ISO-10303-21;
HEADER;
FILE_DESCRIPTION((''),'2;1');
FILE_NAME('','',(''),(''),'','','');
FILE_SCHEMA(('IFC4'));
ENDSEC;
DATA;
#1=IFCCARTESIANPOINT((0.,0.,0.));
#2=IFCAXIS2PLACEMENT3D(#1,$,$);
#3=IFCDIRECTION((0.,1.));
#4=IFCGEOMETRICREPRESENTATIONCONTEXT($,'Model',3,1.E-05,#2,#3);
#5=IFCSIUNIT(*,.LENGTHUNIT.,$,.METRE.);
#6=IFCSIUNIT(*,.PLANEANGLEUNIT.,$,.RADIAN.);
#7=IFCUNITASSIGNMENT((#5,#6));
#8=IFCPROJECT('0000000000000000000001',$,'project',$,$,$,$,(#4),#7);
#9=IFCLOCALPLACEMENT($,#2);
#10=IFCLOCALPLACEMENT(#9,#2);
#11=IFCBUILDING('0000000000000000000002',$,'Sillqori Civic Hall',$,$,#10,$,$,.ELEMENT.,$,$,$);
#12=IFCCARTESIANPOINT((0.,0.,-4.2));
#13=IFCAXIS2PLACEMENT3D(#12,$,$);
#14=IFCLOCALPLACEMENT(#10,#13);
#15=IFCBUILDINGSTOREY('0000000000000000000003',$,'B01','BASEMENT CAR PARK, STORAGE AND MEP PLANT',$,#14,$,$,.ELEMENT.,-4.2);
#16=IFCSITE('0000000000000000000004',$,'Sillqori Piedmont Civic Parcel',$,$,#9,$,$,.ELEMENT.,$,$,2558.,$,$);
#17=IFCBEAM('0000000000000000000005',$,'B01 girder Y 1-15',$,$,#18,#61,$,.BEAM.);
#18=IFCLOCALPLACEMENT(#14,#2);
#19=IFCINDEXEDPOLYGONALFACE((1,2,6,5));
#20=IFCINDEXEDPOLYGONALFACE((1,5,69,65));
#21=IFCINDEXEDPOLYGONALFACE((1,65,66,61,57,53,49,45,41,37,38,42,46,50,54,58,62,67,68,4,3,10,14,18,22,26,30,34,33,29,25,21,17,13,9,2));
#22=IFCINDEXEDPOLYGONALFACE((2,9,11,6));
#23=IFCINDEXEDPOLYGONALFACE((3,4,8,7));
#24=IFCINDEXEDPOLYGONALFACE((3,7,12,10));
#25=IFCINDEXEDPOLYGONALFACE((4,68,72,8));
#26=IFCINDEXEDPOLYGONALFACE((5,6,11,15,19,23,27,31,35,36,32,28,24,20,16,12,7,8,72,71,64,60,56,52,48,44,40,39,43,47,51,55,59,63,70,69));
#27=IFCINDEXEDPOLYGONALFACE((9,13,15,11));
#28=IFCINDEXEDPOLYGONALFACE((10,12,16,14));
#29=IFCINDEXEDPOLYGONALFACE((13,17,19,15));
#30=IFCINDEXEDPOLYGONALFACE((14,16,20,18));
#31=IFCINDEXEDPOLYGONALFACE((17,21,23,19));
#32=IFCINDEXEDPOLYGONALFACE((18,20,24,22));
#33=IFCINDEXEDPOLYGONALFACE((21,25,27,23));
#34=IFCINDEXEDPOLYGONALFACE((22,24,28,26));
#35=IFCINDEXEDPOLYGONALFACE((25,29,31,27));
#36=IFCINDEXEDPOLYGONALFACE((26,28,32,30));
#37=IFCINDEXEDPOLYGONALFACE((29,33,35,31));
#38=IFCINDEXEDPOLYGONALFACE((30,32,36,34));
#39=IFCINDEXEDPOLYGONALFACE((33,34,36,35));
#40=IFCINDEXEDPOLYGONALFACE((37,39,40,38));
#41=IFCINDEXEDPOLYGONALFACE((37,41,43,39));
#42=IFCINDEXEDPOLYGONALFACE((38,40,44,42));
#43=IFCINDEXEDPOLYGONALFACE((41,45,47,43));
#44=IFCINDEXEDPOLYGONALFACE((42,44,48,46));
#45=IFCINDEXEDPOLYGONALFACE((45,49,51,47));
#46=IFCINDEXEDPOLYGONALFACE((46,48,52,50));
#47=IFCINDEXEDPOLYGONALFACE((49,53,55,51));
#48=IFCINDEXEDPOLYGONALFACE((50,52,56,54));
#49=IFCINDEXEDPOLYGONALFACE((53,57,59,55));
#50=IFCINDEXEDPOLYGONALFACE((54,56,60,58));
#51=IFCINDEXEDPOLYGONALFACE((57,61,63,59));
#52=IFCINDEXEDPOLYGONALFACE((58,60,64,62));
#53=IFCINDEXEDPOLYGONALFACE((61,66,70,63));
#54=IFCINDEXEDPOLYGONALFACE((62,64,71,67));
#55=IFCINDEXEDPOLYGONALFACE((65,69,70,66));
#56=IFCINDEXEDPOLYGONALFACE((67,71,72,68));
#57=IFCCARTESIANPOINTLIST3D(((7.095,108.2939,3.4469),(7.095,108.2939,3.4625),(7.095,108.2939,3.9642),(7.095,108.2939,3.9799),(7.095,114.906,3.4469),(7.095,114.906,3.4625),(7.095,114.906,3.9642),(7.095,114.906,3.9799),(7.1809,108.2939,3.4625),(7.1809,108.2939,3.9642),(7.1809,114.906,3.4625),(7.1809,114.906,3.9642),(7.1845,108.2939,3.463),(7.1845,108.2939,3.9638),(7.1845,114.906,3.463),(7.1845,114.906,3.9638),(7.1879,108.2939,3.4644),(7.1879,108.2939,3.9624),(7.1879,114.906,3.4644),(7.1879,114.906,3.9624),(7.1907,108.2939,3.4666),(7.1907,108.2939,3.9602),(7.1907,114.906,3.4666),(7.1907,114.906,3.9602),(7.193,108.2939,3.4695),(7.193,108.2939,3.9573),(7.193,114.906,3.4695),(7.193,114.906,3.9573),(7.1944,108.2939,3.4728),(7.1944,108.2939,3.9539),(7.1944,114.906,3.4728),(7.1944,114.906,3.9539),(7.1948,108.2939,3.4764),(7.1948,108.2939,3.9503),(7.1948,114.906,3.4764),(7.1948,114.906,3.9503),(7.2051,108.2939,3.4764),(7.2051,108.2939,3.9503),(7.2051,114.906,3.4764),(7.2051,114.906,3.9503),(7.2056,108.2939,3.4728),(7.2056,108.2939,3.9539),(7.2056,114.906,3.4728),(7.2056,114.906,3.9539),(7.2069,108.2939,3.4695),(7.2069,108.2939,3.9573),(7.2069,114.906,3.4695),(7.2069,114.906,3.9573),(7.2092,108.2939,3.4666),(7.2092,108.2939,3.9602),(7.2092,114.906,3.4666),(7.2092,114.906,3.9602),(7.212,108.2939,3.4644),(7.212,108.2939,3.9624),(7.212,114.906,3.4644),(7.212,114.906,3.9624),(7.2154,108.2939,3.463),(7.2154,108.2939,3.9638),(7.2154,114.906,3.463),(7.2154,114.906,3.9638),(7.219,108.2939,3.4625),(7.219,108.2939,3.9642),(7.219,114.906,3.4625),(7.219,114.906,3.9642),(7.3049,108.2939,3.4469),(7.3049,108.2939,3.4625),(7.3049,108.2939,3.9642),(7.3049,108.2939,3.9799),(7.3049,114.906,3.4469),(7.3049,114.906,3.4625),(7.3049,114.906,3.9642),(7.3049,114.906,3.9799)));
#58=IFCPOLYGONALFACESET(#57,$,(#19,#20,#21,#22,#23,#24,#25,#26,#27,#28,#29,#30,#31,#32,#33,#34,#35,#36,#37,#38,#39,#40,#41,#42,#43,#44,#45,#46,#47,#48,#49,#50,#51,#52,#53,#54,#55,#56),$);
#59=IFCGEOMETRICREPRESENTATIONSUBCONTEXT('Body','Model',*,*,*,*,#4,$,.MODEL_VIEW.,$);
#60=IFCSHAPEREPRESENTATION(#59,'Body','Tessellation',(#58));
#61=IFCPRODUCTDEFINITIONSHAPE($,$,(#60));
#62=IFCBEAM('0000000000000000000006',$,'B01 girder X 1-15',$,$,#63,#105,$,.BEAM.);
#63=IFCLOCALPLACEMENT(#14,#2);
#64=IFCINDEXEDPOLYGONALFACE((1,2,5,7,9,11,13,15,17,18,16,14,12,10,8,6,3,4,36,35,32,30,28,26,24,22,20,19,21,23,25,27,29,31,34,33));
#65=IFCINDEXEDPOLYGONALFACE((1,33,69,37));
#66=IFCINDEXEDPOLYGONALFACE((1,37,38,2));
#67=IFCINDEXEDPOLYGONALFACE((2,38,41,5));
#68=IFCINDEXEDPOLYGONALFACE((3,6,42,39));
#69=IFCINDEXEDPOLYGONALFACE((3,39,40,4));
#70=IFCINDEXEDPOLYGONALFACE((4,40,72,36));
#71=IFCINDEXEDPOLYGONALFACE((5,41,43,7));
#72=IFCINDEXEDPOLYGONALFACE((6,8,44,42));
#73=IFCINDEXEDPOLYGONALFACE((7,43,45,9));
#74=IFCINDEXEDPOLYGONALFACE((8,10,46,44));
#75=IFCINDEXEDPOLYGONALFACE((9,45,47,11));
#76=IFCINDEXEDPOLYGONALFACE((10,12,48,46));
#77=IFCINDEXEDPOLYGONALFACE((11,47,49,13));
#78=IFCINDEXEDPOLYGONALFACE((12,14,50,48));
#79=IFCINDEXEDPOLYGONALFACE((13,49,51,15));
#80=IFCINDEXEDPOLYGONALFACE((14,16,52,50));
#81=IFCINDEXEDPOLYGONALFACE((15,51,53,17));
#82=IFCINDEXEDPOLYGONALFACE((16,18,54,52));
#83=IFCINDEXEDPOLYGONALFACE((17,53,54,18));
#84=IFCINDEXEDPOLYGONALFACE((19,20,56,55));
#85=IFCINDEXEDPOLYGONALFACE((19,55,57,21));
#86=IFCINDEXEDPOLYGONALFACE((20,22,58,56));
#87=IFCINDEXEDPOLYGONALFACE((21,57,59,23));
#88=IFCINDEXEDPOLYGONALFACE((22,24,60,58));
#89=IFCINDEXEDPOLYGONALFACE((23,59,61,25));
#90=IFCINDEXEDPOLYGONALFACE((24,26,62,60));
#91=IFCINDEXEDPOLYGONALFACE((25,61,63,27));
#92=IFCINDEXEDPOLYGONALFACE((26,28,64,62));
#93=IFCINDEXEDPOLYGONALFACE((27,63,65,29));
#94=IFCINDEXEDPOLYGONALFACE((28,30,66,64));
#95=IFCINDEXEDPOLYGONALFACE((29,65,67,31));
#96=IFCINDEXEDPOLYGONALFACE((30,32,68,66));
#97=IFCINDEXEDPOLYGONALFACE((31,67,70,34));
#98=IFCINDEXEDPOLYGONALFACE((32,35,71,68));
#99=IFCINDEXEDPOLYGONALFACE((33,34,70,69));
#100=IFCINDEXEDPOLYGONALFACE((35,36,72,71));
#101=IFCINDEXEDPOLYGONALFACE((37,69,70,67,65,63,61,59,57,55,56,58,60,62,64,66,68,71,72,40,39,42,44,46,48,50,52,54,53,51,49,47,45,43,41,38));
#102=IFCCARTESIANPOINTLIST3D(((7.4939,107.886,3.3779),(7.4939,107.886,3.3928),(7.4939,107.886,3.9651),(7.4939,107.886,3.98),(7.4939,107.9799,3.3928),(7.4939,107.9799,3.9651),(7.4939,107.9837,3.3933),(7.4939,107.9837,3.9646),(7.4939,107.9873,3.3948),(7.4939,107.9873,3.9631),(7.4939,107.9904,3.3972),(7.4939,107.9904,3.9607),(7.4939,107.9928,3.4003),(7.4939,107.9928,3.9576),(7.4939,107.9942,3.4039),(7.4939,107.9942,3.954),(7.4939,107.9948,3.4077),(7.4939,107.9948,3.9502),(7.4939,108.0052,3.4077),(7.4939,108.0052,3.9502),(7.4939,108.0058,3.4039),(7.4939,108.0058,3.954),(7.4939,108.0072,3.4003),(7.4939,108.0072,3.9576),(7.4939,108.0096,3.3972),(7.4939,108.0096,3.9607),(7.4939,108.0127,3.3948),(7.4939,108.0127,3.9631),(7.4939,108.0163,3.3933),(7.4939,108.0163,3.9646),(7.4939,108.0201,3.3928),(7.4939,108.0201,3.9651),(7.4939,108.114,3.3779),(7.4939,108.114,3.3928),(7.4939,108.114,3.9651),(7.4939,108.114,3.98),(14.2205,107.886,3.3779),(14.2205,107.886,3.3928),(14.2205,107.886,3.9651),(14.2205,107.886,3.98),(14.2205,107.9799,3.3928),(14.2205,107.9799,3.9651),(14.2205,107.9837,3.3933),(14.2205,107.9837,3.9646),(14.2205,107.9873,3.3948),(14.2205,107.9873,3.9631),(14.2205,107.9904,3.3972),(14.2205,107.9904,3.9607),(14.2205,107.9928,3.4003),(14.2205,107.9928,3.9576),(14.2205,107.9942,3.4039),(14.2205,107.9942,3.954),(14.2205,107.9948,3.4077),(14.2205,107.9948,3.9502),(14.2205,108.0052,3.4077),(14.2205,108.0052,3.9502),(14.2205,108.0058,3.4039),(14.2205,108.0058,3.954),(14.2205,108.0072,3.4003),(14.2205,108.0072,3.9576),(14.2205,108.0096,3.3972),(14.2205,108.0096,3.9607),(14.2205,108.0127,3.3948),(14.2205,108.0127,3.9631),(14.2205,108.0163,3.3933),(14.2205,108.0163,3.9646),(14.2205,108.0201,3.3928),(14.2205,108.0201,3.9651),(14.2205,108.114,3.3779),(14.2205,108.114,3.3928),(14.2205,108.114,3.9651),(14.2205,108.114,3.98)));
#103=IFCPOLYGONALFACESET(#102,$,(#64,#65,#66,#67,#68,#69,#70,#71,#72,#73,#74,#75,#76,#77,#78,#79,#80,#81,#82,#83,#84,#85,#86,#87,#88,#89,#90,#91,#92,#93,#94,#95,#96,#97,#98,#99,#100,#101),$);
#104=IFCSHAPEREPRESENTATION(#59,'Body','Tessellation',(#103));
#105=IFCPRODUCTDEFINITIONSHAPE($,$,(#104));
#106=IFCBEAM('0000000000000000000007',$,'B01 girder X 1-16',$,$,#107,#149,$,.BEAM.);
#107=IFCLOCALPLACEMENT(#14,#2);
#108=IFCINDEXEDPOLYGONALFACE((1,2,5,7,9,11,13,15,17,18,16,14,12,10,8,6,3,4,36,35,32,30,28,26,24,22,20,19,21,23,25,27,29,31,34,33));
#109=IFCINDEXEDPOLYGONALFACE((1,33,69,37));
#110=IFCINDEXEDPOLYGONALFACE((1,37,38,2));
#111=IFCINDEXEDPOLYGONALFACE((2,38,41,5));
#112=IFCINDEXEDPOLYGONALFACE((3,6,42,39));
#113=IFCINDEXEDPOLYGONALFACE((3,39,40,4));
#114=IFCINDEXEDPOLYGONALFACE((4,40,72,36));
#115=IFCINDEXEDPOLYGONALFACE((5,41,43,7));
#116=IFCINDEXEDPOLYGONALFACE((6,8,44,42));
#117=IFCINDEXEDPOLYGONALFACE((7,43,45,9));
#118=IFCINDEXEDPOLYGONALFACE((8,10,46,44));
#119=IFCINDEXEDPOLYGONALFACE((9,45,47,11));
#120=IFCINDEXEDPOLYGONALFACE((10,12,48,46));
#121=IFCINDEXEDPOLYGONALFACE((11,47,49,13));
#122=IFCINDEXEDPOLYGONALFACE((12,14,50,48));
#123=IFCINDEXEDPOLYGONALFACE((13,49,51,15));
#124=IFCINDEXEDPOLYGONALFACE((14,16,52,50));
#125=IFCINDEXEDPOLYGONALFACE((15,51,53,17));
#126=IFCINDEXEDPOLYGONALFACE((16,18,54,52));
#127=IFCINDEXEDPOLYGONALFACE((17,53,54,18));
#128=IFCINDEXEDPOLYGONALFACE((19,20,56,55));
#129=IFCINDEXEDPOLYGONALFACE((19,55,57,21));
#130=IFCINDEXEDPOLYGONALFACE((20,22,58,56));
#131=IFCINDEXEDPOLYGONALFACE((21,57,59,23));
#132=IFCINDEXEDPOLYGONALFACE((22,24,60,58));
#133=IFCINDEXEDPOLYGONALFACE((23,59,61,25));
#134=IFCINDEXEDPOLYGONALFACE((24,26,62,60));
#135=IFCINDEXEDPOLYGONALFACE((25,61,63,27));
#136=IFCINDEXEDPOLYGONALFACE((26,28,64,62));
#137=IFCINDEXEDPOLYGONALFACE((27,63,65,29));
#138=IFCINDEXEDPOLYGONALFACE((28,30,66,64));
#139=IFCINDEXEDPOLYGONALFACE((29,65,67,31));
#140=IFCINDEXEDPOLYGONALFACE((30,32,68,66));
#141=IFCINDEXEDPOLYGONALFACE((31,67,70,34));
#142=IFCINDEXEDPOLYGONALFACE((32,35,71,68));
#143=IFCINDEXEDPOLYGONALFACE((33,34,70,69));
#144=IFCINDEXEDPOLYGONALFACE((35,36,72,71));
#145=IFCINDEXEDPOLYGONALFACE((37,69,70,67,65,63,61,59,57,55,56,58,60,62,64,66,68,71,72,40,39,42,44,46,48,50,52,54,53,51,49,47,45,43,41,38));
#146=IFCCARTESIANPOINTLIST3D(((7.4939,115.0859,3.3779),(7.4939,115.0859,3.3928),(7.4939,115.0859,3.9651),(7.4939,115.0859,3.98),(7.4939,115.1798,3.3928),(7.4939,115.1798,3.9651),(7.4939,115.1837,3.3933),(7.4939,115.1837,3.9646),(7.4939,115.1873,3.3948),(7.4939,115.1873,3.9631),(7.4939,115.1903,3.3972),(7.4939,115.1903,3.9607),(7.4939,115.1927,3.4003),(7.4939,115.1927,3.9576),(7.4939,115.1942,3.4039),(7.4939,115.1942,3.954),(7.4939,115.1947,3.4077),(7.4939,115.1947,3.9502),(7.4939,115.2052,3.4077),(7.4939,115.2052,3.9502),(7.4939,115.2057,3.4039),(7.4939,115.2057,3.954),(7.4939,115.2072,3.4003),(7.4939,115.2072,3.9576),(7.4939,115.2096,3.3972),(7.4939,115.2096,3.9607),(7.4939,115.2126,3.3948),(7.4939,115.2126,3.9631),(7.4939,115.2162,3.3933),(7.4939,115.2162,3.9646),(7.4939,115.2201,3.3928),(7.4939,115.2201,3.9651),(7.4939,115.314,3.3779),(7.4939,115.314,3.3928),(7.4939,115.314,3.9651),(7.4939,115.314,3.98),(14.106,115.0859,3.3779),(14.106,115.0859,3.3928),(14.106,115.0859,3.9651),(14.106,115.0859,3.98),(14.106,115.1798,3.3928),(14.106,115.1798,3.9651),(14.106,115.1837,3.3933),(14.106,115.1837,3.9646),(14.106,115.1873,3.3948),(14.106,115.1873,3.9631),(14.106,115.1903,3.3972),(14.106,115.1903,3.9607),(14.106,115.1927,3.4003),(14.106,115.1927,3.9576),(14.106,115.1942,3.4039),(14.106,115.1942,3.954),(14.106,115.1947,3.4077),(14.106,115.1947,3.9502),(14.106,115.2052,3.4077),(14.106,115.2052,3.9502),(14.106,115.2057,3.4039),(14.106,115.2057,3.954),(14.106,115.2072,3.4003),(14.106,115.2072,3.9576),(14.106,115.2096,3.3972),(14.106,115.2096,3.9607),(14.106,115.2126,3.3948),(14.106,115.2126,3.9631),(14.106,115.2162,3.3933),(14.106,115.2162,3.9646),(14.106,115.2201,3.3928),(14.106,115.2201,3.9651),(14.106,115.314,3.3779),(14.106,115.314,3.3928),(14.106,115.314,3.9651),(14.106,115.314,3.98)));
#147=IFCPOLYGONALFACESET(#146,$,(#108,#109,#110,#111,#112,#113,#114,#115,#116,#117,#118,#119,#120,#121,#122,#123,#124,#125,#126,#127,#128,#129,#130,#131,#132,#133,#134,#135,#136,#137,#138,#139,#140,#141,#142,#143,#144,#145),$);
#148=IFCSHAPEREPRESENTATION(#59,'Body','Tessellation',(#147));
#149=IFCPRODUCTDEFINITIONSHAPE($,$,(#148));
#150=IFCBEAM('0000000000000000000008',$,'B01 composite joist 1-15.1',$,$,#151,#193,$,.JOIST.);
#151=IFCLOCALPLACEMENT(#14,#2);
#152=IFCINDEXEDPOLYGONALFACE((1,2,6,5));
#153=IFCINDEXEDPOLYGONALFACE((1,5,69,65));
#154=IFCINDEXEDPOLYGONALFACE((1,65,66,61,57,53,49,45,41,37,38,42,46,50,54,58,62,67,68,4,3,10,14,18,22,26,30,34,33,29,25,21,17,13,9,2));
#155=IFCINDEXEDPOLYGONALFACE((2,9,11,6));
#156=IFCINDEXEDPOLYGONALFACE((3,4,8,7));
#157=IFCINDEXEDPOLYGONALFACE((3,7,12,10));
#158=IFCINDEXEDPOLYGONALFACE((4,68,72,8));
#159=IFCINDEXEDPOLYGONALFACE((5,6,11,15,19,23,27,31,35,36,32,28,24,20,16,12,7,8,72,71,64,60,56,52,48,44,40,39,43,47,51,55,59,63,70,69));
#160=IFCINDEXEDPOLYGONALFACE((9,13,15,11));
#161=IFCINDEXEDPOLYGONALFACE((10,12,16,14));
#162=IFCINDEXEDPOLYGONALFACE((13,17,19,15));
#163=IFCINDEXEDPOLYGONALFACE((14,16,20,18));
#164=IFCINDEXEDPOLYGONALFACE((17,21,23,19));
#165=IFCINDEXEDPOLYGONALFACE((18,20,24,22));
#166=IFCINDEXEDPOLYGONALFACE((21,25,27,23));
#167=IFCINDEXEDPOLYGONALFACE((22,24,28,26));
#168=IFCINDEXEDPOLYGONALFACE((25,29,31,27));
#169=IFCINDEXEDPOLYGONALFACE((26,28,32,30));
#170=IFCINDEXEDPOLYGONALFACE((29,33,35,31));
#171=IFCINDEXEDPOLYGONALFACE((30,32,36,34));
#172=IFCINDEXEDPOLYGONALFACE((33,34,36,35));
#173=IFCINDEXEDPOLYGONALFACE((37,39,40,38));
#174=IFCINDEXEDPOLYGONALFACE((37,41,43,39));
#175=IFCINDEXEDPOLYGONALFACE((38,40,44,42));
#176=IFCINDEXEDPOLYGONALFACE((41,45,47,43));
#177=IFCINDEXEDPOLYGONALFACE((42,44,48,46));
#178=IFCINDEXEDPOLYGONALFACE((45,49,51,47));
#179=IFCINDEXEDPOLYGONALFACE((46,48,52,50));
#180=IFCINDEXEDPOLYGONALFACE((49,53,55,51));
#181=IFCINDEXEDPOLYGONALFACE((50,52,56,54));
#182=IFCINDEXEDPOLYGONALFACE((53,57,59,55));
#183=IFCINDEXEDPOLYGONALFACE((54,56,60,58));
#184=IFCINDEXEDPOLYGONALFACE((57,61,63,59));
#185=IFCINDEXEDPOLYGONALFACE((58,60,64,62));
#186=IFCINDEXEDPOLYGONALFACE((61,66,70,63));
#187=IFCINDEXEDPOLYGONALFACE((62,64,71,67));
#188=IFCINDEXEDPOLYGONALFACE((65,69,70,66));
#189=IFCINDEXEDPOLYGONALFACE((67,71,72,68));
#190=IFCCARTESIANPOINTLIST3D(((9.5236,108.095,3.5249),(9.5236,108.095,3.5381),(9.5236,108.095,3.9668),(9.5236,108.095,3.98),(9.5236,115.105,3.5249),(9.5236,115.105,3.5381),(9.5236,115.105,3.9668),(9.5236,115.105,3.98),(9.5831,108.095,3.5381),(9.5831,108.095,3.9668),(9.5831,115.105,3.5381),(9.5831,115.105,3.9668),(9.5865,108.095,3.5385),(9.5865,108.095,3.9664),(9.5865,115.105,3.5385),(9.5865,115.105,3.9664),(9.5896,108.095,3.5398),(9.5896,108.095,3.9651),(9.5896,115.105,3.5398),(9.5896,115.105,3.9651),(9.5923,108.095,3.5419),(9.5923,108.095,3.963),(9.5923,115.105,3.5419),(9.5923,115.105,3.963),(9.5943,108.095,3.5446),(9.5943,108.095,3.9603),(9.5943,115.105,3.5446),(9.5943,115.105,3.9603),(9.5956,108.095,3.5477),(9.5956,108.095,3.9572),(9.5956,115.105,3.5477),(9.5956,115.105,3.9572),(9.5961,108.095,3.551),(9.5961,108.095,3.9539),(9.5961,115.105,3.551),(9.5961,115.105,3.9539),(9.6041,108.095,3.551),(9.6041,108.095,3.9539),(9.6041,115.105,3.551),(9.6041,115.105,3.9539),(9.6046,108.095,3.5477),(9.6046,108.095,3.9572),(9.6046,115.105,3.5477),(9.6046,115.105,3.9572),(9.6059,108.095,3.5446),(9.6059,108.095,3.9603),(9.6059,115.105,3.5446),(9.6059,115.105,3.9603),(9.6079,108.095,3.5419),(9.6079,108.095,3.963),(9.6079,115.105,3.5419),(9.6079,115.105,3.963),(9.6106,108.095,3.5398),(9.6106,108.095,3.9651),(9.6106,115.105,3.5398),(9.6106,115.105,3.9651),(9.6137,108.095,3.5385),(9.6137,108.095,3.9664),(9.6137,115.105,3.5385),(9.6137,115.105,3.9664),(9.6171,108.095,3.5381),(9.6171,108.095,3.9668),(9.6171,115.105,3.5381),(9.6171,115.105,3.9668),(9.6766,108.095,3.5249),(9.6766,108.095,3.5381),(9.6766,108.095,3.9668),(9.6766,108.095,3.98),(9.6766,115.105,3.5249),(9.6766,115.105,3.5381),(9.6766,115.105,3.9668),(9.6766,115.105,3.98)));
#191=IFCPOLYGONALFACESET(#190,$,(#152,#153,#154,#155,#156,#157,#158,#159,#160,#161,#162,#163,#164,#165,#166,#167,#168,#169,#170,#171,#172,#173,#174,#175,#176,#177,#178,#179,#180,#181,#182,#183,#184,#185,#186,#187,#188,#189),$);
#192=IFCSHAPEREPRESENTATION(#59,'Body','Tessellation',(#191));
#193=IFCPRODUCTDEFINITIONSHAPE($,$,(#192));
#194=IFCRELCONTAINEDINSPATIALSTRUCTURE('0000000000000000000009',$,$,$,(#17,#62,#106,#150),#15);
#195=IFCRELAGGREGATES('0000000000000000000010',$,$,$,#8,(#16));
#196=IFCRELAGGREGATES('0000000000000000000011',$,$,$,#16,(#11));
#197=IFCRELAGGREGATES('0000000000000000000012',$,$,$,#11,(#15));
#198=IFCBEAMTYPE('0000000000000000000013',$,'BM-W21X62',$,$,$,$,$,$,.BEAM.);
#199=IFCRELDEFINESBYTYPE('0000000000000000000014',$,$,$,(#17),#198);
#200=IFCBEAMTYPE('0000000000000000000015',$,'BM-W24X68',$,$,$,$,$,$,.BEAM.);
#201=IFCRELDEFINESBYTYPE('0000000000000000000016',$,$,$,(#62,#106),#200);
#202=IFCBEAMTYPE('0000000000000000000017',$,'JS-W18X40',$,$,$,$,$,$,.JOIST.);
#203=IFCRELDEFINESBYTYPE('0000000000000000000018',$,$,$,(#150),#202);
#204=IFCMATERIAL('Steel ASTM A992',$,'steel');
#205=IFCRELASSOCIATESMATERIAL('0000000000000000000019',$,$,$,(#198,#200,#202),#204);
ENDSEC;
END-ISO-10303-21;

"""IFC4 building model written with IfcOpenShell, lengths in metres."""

from ifc_helpers import new_model, si_unit, direction, frame, origin, origin_2d, place, context, subcontext, project, spatial, i_section, extrude, material, material_profile, profile_set, type_object, element, save


model = new_model("IFC4")

# Units and contexts
model_context = context("Model", 3, precision=1e-05, world=origin(), true_north=direction((0.0, 1.0)))
body_context = subcontext(model_context, "Body", "Model", "MODEL_VIEW")
ifc_project = project(units=[si_unit("LENGTHUNIT", "METRE"), si_unit("PLANEANGLEUNIT", "RADIAN")], contexts=[model_context])

# Site, building, storey
site_placement = place(None, origin())
site = spatial("IfcSite", under=ifc_project, at=site_placement, Name="Sillqori Piedmont Civic Parcel", CompositionType="ELEMENT", RefElevation=2558.0)
building_placement = place(site_placement, origin())
building = spatial("IfcBuilding", under=site, at=building_placement, Name="Sillqori Civic Hall", CompositionType="ELEMENT")
storey_placement = place(building_placement, frame((0.0, 0.0, -4.2)))
storey = spatial("IfcBuildingStorey", under=building, at=storey_placement, Name="B01", Description="BASEMENT CAR PARK, STORAGE AND MEP PLANT", CompositionType="ELEMENT", Elevation=-4.2)

# Shared definitions
ifc_material_1 = material(Name="Steel ASTM A992", Category="steel")

# Beams
ifc_material_profile_1 = material_profile(ifc_material_1, i_section(OverallWidth=0.21, OverallDepth=0.533, WebThickness=0.0103, FlangeThickness=0.0156, FilletRadius=0.0139, at=origin_2d()), Name="W21X62")
ifc_profile_set_1 = profile_set([ifc_material_profile_1], Name="Steel ASTM A992")
beam_type_1 = type_object("IfcBeamType", Name="BM-W21X62", PredefinedType="BEAM", material=ifc_profile_set_1)
beam_1_placement = place(storey_placement, frame((7.2, 108.2939, 3.7134), z_axis=(0.0, 1.0, 0.0), x_axis=(-1.0, 0.0, 0.0)))
element("IfcBeam", 1, at=beam_1_placement, inside=storey, type_object=beam_type_1, Name="B01 girder Y 1-15", PredefinedType="BEAM", context=body_context, shape_type="SweptSolid", body=[
    extrude(i_section(OverallWidth=0.21, OverallDepth=0.533, WebThickness=0.0103, FlangeThickness=0.0156, FilletRadius=0.0139, at=origin_2d()), origin(), (0.0, 0.0, 1.0), 6.6121),
])
ifc_material_profile_2 = material_profile(ifc_material_1, i_section(OverallWidth=0.228, OverallDepth=0.6021, WebThickness=0.0105, FlangeThickness=0.0149, FilletRadius=0.0149, at=origin_2d()), Name="W24X68")
ifc_profile_set_2 = profile_set([ifc_material_profile_2], Name="Steel ASTM A992")
beam_type_2 = type_object("IfcBeamType", Name="BM-W24X68", PredefinedType="BEAM", material=ifc_profile_set_2)
beam_2_placement = place(storey_placement, frame((7.4939, 108.0, 3.679), z_axis=(1.0, 0.0, 0.0), x_axis=(0.0, 1.0, 0.0)))
element("IfcBeam", 2, at=beam_2_placement, inside=storey, type_object=beam_type_2, Name="B01 girder X 1-15", PredefinedType="BEAM", context=body_context, shape_type="SweptSolid", body=[
    extrude(i_section(OverallWidth=0.228, OverallDepth=0.6021, WebThickness=0.0105, FlangeThickness=0.0149, FilletRadius=0.0149, at=origin_2d()), origin(), (0.0, 0.0, 1.0), 6.7266),
])
beam_3_placement = place(storey_placement, frame((7.4939, 115.2, 3.679), z_axis=(1.0, 0.0, 0.0), x_axis=(0.0, 1.0, 0.0)))
element("IfcBeam", 3, at=beam_3_placement, inside=storey, type_object=beam_type_2, Name="B01 girder X 1-16", PredefinedType="BEAM", context=body_context, shape_type="SweptSolid", body=[
    extrude(i_section(OverallWidth=0.228, OverallDepth=0.6021, WebThickness=0.0105, FlangeThickness=0.0149, FilletRadius=0.0149, at=origin_2d()), origin(), (0.0, 0.0, 1.0), 6.6121),
])
ifc_material_profile_3 = material_profile(ifc_material_1, i_section(OverallWidth=0.1531, OverallDepth=0.4551, WebThickness=0.0081, FlangeThickness=0.0132, FilletRadius=0.0129, at=origin_2d()), Name="W18X40")
ifc_profile_set_3 = profile_set([ifc_material_profile_3], Name="Steel ASTM A992")
beam_type_3 = type_object("IfcBeamType", Name="JS-W18X40", PredefinedType="JOIST", material=ifc_profile_set_3)
for number, where, z_axis, x_axis, name in (
    (4, (9.6001, 108.095, 3.7524), (0.0, 1.0, 0.0), (-1.0, 0.0, 0.0), "B01 composite joist 1-15.1"),
):
    element("IfcBeam", number, at=place(storey_placement, frame(where, z_axis=z_axis, x_axis=x_axis)), inside=storey, type_object=beam_type_3, Name=name, PredefinedType="JOIST", context=body_context, shape_type="SweptSolid", body=[
        extrude(i_section(OverallWidth=0.1531, OverallDepth=0.4551, WebThickness=0.0081, FlangeThickness=0.0132, FilletRadius=0.0129, at=origin_2d()), origin(), (0.0, 0.0, 1.0), 7.01),
    ])

save(model, "model.ifc")
